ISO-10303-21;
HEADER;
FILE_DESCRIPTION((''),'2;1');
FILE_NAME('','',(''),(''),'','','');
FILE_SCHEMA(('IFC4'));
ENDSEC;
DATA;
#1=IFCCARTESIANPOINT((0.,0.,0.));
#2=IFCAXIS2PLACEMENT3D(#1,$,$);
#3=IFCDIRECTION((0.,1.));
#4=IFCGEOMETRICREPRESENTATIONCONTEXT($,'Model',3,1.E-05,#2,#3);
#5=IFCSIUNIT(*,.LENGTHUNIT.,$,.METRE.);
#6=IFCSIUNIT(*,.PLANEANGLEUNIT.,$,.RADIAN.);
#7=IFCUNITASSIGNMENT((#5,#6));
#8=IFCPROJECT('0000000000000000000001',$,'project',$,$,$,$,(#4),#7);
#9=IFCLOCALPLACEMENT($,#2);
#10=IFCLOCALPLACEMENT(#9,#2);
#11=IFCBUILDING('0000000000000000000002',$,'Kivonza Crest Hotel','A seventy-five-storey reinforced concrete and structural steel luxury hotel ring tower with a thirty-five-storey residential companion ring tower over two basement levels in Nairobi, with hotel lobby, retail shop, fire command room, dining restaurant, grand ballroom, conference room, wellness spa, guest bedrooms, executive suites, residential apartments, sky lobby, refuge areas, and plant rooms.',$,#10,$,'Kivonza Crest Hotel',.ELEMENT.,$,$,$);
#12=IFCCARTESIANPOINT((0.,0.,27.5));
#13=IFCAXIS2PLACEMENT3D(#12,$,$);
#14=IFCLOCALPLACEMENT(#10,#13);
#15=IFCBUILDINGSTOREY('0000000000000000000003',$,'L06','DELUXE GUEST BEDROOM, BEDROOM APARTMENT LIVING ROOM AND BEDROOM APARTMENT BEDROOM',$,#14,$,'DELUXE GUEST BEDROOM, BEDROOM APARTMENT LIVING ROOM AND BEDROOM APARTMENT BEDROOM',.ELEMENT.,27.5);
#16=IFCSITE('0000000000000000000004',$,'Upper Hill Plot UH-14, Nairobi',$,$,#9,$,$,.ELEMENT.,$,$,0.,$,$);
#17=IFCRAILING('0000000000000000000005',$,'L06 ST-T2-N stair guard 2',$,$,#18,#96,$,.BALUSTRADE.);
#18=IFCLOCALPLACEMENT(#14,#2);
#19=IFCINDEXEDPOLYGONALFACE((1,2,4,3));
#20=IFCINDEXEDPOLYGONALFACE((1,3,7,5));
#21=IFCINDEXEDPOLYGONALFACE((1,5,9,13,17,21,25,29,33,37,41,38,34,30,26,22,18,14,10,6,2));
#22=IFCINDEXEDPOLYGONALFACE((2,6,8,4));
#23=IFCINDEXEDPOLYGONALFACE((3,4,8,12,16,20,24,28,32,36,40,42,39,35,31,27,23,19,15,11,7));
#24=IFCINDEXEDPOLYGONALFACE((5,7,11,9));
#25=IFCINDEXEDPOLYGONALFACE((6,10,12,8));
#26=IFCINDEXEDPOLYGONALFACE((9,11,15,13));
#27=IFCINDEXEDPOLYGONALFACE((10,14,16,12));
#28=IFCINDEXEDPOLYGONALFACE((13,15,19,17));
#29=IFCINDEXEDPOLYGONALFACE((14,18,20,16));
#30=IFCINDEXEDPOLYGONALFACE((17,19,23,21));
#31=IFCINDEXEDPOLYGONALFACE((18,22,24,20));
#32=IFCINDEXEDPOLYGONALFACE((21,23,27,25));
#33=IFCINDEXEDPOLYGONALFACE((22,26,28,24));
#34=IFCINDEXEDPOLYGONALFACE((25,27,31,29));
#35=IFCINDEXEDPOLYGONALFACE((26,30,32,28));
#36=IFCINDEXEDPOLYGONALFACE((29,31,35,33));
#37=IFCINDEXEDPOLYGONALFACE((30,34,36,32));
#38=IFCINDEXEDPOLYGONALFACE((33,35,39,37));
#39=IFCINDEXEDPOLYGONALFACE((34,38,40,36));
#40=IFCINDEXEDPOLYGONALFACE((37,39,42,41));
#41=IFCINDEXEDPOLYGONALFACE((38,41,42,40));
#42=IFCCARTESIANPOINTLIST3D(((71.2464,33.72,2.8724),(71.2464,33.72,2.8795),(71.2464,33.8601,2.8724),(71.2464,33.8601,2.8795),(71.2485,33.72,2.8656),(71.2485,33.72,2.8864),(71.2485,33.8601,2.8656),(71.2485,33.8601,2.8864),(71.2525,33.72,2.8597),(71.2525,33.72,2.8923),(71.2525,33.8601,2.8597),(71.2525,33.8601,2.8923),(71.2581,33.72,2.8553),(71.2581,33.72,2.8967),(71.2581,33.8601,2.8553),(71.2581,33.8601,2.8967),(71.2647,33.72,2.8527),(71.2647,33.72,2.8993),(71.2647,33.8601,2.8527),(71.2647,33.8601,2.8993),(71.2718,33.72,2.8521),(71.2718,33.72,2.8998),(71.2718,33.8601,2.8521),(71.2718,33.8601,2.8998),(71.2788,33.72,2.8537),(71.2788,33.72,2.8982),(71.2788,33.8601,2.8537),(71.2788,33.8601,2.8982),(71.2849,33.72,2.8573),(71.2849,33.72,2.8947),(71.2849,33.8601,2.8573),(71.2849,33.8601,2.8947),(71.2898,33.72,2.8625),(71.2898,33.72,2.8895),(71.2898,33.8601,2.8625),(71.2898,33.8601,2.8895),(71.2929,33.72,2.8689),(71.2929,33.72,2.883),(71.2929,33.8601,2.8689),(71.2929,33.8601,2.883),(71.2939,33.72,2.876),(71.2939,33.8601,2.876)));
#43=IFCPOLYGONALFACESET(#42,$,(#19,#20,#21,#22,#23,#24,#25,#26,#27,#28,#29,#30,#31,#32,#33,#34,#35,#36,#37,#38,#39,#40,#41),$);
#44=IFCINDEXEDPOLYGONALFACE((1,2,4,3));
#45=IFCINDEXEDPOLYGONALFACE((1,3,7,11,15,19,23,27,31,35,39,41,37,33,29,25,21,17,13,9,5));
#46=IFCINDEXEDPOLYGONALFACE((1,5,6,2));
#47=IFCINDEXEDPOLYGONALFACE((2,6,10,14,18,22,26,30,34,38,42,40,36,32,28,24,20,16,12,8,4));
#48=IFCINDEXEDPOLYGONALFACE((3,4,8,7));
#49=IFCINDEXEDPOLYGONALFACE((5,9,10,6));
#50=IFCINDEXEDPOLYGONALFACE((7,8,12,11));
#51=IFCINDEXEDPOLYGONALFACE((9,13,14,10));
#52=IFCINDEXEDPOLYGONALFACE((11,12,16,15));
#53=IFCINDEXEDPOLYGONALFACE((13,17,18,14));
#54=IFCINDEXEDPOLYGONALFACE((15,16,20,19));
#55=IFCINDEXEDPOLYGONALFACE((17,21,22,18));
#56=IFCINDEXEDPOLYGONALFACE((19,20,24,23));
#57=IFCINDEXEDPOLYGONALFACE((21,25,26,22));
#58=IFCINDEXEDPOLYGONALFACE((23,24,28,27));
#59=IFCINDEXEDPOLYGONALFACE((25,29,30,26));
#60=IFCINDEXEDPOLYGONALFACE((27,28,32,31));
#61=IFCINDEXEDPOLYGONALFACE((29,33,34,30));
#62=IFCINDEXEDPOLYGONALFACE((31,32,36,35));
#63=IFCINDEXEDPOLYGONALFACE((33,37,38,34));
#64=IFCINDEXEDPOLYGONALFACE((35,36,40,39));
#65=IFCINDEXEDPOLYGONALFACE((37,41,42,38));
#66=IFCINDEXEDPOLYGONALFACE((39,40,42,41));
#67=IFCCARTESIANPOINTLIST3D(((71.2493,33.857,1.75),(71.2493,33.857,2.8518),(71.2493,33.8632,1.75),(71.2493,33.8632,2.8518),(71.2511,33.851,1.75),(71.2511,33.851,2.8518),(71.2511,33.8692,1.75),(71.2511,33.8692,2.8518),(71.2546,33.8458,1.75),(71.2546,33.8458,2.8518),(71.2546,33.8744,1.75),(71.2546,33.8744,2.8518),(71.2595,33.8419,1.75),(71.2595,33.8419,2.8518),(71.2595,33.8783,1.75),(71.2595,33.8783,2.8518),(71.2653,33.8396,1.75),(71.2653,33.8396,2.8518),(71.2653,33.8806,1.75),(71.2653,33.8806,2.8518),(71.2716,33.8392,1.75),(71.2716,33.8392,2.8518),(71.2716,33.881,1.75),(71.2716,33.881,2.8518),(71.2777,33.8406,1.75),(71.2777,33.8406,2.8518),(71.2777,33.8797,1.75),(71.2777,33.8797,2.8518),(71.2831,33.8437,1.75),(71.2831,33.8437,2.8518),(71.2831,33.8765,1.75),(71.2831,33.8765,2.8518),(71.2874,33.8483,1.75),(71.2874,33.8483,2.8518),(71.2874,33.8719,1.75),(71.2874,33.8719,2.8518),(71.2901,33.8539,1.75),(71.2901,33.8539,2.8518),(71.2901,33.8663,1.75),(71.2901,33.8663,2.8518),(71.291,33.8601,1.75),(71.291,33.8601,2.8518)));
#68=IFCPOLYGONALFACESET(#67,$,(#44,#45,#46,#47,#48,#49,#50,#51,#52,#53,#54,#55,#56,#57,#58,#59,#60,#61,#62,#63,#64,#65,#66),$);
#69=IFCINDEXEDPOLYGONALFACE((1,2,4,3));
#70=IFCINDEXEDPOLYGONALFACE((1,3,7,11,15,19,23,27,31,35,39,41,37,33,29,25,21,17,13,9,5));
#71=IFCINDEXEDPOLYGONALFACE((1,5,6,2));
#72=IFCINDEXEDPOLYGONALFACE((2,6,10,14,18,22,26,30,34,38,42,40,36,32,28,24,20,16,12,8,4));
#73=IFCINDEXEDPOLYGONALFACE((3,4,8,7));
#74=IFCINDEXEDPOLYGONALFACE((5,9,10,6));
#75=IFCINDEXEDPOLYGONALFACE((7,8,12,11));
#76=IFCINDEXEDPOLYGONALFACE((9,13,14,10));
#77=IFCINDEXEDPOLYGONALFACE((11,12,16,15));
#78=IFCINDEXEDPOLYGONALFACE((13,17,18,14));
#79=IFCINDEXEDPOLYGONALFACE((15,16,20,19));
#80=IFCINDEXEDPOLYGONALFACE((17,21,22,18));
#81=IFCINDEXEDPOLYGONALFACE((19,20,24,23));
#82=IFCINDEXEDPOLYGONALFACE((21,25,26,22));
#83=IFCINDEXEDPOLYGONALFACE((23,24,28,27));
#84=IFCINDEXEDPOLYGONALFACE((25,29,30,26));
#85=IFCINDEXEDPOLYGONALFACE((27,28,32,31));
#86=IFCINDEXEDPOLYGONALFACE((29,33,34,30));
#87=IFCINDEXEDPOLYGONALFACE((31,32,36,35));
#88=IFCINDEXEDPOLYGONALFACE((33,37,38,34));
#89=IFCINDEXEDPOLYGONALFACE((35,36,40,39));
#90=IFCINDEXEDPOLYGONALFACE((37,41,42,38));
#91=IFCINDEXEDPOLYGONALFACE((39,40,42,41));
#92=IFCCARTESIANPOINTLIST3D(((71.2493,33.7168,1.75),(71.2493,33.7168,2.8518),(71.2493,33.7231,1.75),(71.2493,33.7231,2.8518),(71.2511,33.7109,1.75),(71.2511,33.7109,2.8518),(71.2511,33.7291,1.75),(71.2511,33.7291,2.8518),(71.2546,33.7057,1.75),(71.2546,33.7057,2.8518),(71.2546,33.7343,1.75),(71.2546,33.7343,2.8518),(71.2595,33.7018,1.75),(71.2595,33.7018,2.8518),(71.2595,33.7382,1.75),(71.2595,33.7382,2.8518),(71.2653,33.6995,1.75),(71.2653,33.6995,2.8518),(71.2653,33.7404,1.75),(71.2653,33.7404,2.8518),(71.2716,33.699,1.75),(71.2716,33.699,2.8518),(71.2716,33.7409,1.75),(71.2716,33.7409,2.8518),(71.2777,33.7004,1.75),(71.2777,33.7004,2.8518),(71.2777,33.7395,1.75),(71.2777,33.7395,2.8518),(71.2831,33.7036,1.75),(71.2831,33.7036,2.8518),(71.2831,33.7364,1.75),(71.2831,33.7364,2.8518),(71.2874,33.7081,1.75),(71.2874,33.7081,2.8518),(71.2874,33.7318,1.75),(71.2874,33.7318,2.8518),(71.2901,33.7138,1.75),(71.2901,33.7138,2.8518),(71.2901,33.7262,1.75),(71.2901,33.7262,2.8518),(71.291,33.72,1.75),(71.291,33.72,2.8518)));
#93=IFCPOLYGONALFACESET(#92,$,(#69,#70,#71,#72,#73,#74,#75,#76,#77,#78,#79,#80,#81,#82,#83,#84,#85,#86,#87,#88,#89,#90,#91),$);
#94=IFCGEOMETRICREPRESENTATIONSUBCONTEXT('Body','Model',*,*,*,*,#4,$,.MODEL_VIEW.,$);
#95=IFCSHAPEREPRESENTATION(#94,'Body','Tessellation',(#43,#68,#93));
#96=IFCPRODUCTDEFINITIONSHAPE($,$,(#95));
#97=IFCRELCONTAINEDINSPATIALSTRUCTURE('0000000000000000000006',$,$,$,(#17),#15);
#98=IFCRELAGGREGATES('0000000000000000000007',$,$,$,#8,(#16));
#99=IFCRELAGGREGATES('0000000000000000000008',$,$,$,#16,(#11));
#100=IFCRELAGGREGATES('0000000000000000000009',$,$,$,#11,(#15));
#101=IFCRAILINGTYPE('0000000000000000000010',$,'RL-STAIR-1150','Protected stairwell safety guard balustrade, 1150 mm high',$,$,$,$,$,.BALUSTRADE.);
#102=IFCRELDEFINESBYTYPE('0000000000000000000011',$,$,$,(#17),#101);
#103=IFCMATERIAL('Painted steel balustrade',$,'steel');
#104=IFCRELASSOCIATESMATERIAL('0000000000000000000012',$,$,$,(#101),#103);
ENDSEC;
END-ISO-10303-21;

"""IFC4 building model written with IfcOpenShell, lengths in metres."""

from ifc_helpers import new_model, si_unit, direction, frame, origin, origin_2d, place, context, subcontext, project, spatial, circle, extrude, material, type_object, element, save


model = new_model("IFC4")

# Units and contexts
model_context = context("Model", 3, precision=1e-05, world=origin(), true_north=direction((0.0, 1.0)))
body_context = subcontext(model_context, "Body", "Model", "MODEL_VIEW")
ifc_project = project(units=[si_unit("LENGTHUNIT", "METRE"), si_unit("PLANEANGLEUNIT", "RADIAN")], contexts=[model_context])

# Site, building, storey
site_placement = place(None, origin())
site = spatial("IfcSite", under=ifc_project, at=site_placement, Name="Upper Hill Plot UH-14, Nairobi", CompositionType="ELEMENT", RefElevation=0.0)
building_placement = place(site_placement, origin())
building = spatial("IfcBuilding", under=site, at=building_placement, Name="Kivonza Crest Hotel", Description="A seventy-five-storey reinforced concrete and structural steel luxury hotel ring tower with a thirty-five-storey residential companion ring tower over two basement levels in Nairobi, with hotel lobby, retail shop, fire command room, dining restaurant, grand ballroom, conference room, wellness spa, guest bedrooms, executive suites, residential apartments, sky lobby, refuge areas, and plant rooms.", LongName="Kivonza Crest Hotel", CompositionType="ELEMENT")
storey_placement = place(building_placement, frame((0.0, 0.0, 27.5)))
storey = spatial("IfcBuildingStorey", under=building, at=storey_placement, Name="L06", Description="DELUXE GUEST BEDROOM, BEDROOM APARTMENT LIVING ROOM AND BEDROOM APARTMENT BEDROOM", LongName="DELUXE GUEST BEDROOM, BEDROOM APARTMENT LIVING ROOM AND BEDROOM APARTMENT BEDROOM", CompositionType="ELEMENT", Elevation=27.5)

# Railing
ifc_material_1 = material(Name="Painted steel balustrade", Category="steel")
railing_type = type_object("IfcRailingType", Name="RL-STAIR-1150", Description="Protected stairwell safety guard balustrade, 1150 mm high", PredefinedType="BALUSTRADE", material=ifc_material_1)
railing_1_placement = place(storey_placement, frame((71.27, 33.8601, 1.75)))
element("IfcRailing", 1, at=railing_1_placement, inside=storey, type_object=railing_type, Name="L06 ST-T2-N stair guard 2", PredefinedType="BALUSTRADE", context=body_context, shape_type="SweptSolid", body=[
    extrude(circle(Radius=0.0239, at=origin_2d()), frame((0.0, 0.0, 1.126), z_axis=(0.0, -1.0, 0.0), x_axis=(1.0, 0.0, 0.0)), (0.0, 0.0, 1.0), 0.1401),
    extrude(circle(Radius=0.021, at=origin_2d()), origin(), (0.0, 0.0, 1.0), 1.1018),
    extrude(circle(Radius=0.021, at=origin_2d()), frame((0.0, -0.1401, 0.0)), (0.0, 0.0, 1.0), 1.1018),
])

save(model, "model.ifc")
